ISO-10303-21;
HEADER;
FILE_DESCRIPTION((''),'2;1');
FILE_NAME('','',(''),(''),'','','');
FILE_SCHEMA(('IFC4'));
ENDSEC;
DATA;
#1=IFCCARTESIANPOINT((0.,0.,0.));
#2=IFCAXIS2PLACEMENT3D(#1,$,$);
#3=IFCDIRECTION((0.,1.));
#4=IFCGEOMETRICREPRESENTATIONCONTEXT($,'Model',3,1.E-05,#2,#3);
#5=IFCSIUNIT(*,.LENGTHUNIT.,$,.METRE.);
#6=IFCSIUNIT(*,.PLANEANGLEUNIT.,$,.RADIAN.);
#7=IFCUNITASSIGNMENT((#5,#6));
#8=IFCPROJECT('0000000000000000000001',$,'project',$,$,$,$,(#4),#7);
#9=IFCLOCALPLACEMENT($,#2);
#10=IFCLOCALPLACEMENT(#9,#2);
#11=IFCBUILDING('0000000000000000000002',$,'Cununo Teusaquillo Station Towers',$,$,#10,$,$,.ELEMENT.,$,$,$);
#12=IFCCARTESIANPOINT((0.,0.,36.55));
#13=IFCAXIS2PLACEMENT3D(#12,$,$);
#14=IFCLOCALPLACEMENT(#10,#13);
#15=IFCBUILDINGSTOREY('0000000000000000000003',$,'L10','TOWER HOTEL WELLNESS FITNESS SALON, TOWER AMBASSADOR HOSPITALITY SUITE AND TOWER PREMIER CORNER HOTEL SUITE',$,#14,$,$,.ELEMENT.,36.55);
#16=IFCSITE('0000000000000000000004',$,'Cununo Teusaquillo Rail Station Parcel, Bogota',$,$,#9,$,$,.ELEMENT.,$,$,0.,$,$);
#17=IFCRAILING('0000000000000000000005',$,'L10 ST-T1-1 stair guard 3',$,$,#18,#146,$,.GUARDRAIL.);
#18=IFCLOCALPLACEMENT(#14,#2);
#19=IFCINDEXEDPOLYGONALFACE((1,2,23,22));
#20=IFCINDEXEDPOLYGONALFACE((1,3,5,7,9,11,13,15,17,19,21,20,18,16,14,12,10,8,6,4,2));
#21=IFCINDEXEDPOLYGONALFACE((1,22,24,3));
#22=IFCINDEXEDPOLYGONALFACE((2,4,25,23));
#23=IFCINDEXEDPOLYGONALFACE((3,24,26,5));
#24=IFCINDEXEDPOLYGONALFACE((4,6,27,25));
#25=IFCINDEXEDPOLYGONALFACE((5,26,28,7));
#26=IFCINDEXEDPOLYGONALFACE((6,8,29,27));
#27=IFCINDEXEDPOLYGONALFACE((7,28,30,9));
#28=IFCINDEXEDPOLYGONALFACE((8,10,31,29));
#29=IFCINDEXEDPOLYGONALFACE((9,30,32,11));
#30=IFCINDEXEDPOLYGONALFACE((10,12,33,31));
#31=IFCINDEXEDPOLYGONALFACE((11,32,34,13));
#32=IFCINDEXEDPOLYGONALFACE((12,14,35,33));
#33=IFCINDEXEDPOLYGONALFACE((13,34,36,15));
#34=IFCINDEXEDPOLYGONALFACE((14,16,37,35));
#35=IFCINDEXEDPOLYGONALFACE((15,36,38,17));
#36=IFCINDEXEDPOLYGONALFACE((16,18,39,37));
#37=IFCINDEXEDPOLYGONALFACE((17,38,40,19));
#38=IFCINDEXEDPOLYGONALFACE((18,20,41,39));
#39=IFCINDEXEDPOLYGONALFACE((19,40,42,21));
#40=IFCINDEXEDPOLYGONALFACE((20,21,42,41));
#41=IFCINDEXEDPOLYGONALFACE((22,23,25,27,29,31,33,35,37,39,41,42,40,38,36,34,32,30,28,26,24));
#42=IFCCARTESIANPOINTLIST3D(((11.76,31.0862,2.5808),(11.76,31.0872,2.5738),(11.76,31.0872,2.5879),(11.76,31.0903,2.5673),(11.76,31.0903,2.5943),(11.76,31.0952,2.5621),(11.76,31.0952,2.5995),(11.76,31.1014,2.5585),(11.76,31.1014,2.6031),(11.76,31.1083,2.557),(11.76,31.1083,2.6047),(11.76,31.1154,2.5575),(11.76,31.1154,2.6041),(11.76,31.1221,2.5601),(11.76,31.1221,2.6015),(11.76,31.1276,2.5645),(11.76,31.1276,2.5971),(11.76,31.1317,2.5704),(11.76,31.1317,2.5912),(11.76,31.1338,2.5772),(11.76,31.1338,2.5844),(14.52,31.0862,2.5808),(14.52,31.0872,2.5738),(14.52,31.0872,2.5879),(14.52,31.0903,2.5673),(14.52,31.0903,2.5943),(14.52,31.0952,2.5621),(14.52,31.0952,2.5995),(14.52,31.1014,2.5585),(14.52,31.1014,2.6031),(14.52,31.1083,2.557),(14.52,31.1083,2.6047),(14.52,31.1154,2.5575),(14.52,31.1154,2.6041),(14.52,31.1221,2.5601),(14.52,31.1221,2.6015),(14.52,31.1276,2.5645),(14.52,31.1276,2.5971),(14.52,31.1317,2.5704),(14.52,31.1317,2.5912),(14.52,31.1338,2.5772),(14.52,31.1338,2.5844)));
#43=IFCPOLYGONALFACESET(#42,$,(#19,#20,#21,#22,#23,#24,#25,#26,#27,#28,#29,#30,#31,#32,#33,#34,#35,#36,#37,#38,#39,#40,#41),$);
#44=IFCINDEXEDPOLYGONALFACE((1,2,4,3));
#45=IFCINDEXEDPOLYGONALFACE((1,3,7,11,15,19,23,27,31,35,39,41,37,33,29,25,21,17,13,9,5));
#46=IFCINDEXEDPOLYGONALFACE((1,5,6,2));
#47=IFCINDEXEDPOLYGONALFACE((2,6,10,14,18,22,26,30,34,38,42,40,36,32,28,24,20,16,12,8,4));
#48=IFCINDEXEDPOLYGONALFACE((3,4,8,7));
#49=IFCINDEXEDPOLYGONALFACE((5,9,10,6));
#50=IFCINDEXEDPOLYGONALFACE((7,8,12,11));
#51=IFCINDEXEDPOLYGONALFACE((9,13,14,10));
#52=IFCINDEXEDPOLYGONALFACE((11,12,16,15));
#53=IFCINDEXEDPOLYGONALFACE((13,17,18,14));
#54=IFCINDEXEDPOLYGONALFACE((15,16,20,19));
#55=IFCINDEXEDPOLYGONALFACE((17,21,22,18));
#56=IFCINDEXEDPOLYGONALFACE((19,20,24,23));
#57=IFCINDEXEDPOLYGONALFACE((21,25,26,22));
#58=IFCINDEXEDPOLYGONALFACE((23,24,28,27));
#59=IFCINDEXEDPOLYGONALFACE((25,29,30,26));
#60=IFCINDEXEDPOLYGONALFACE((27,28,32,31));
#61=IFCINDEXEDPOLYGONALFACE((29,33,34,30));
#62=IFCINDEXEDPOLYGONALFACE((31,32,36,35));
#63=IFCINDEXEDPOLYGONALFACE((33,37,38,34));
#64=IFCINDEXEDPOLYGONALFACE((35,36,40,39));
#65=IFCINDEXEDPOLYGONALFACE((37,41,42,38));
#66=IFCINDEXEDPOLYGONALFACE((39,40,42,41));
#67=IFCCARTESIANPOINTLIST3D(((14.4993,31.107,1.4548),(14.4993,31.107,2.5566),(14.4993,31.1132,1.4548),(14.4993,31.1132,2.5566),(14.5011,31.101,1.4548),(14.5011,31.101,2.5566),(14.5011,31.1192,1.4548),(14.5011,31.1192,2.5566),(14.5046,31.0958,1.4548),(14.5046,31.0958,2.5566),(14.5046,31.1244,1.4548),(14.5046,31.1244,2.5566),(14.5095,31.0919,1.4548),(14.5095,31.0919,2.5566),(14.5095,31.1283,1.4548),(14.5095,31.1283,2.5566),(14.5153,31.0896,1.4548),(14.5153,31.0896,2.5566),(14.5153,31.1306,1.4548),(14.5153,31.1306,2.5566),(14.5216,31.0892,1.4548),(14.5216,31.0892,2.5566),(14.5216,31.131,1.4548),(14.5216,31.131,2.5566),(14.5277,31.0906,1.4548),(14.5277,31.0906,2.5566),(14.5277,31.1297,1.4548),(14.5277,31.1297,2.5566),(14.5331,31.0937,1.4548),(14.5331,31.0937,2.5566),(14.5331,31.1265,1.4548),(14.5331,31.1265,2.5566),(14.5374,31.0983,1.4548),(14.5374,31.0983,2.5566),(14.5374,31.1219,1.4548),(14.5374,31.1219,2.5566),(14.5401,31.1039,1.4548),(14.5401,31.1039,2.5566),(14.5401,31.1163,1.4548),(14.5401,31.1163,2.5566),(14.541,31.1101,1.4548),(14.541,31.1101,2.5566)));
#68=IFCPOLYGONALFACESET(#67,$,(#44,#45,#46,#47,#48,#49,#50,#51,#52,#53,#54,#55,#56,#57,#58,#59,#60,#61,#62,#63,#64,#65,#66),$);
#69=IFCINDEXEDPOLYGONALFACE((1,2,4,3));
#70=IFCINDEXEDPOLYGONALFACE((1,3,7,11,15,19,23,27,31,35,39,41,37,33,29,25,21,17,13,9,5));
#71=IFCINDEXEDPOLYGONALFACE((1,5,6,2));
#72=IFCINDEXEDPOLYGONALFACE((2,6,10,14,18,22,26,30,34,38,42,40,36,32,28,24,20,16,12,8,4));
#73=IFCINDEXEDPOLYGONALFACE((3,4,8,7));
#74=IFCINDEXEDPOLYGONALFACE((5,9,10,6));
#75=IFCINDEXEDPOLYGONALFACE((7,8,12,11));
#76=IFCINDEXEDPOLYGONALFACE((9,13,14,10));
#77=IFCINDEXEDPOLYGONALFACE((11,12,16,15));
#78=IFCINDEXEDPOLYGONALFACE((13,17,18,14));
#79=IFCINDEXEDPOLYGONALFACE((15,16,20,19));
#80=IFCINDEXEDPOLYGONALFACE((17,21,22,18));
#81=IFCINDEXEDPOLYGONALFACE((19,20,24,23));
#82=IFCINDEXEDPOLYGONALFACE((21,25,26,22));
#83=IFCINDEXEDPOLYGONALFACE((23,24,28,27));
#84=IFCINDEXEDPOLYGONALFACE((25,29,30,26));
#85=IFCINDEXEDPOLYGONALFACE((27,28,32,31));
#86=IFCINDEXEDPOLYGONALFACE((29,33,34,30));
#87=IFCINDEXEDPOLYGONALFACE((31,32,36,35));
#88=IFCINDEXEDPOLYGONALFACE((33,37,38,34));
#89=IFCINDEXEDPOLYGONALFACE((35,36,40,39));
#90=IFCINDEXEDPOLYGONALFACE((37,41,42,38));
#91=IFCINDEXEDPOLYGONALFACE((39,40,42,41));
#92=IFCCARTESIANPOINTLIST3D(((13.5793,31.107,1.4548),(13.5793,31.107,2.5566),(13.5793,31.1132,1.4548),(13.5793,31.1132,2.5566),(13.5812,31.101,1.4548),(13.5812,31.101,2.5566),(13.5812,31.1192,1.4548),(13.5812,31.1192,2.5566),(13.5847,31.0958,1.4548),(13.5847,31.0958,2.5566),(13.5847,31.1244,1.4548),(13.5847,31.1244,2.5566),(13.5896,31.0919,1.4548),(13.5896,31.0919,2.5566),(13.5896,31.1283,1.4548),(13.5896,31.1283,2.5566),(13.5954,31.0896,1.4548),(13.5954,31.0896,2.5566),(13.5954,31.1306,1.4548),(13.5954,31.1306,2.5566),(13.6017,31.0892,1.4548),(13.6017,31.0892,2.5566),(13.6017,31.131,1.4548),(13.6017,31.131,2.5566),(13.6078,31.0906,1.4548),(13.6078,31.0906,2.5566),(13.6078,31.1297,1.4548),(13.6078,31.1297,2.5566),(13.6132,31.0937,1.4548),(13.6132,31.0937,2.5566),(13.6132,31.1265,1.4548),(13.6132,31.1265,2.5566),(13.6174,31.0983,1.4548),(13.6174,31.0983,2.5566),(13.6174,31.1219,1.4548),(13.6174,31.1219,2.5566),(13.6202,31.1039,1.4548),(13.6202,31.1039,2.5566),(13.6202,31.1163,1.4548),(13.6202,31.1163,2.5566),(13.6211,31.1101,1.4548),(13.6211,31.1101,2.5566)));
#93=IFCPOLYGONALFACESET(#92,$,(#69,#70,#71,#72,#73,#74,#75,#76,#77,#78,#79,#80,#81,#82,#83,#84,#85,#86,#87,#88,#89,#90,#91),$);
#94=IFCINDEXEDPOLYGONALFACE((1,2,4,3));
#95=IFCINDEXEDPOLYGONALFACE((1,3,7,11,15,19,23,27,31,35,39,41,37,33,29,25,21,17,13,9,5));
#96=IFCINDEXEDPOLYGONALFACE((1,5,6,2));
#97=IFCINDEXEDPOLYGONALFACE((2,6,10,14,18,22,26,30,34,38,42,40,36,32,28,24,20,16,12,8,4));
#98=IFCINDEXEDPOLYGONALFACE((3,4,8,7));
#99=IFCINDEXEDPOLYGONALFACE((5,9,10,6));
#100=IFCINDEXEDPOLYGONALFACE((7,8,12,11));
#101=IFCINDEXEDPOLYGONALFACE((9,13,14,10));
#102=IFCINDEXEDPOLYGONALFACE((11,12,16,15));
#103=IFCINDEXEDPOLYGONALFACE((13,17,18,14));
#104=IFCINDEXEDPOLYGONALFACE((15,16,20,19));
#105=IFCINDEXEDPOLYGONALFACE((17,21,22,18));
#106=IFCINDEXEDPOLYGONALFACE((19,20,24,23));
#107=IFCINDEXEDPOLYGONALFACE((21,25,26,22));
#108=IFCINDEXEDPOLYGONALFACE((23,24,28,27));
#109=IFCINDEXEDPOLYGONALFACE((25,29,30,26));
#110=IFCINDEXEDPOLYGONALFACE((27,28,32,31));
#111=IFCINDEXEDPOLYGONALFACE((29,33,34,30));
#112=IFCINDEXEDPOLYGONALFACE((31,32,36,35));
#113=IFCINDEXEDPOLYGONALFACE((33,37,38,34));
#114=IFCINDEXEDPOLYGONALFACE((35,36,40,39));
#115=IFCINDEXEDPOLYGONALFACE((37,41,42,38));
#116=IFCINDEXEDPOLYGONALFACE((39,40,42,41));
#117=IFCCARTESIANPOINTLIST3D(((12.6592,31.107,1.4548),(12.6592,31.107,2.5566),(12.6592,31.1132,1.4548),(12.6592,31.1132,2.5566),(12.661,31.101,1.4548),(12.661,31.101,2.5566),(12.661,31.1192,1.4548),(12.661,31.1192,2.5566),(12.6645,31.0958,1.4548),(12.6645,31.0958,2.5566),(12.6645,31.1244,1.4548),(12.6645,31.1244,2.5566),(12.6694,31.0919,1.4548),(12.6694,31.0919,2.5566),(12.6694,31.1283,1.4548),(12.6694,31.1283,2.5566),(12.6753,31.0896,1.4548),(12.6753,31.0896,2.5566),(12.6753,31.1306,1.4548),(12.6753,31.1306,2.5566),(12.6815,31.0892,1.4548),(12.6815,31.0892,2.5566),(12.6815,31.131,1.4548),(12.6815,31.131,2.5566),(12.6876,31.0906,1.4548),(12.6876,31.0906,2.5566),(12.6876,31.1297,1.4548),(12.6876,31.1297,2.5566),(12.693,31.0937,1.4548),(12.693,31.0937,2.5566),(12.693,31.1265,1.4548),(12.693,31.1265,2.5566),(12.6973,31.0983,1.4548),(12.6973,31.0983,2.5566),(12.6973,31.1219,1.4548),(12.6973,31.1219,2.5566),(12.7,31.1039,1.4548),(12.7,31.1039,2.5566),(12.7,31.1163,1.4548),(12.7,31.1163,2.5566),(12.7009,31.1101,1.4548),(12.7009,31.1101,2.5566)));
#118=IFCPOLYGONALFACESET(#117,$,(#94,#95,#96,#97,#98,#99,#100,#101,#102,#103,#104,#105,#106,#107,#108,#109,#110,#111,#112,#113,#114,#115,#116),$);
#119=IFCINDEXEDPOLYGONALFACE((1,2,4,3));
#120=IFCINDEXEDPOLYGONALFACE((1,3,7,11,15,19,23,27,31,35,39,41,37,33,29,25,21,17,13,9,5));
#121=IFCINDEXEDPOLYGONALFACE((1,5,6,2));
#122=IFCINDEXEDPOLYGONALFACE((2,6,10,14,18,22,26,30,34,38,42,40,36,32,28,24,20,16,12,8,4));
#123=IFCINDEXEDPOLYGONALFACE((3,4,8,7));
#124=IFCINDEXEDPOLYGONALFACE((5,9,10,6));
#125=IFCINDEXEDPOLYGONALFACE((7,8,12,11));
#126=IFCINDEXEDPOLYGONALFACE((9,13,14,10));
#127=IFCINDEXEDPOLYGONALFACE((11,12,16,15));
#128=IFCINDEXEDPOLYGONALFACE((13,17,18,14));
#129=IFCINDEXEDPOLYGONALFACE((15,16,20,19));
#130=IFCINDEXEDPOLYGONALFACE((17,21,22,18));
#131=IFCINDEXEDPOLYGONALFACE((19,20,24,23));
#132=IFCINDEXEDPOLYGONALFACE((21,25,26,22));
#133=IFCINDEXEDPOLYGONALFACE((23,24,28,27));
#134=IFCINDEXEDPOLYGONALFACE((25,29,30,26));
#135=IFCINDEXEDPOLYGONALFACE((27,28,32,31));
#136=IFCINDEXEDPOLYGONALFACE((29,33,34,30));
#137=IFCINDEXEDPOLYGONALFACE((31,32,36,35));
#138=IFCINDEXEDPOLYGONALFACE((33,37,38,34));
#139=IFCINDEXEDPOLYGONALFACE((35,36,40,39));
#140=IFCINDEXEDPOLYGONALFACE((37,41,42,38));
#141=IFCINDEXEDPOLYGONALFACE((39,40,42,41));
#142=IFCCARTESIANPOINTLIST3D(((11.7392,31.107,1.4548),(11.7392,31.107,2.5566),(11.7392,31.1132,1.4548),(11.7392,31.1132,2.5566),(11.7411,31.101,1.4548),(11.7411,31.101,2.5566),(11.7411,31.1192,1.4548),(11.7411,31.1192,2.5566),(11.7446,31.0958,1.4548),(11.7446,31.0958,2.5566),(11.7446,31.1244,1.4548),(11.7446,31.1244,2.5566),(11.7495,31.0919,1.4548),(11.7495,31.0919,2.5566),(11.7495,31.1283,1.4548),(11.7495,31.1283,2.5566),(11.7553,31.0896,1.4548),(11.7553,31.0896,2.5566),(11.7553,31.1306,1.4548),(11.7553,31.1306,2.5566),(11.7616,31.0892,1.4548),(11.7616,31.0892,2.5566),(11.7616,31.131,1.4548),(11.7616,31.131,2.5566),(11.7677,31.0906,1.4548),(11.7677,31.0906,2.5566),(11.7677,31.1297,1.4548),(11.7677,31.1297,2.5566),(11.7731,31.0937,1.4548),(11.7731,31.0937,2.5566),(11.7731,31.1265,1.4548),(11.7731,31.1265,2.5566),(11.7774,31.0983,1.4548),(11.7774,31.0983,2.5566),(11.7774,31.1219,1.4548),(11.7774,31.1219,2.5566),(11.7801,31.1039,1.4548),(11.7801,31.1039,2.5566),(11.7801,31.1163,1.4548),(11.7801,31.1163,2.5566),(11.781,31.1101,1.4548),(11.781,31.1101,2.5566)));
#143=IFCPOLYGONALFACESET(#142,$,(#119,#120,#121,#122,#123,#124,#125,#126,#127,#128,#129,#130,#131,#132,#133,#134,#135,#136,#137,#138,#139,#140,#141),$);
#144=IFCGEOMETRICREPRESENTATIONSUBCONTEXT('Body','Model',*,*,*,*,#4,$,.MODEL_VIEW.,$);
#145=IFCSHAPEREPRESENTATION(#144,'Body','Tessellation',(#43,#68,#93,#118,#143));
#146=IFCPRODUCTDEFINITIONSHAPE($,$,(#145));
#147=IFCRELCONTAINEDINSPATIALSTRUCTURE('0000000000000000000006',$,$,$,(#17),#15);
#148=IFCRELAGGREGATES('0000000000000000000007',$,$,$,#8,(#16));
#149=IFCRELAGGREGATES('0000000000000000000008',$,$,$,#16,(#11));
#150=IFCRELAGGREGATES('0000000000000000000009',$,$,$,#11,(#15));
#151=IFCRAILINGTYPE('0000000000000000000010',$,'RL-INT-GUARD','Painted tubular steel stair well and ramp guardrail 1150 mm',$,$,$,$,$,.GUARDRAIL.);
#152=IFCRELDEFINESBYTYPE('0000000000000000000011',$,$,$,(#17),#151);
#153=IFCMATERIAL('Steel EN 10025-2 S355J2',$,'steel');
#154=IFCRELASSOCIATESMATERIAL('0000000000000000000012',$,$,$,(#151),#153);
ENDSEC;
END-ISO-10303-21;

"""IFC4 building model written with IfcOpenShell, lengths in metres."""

from ifc_helpers import new_model, si_unit, direction, frame, origin, origin_2d, place, context, subcontext, project, spatial, circle, extrude, material, type_object, element, save


model = new_model("IFC4")

# Units and contexts
model_context = context("Model", 3, precision=1e-05, world=origin(), true_north=direction((0.0, 1.0)))
body_context = subcontext(model_context, "Body", "Model", "MODEL_VIEW")
ifc_project = project(units=[si_unit("LENGTHUNIT", "METRE"), si_unit("PLANEANGLEUNIT", "RADIAN")], contexts=[model_context])

# Site, building, storey
site_placement = place(None, origin())
site = spatial("IfcSite", under=ifc_project, at=site_placement, Name="Cununo Teusaquillo Rail Station Parcel, Bogota", CompositionType="ELEMENT", RefElevation=0.0)
building_placement = place(site_placement, origin())
building = spatial("IfcBuilding", under=site, at=building_placement, Name="Cununo Teusaquillo Station Towers", CompositionType="ELEMENT")
storey_placement = place(building_placement, frame((0.0, 0.0, 36.55)))
storey = spatial("IfcBuildingStorey", under=building, at=storey_placement, Name="L10", Description="TOWER HOTEL WELLNESS FITNESS SALON, TOWER AMBASSADOR HOSPITALITY SUITE AND TOWER PREMIER CORNER HOTEL SUITE", CompositionType="ELEMENT", Elevation=36.55)

# Railing
ifc_material_1 = material(Name="Steel EN 10025-2 S355J2", Category="steel")
railing_type_1 = type_object("IfcRailingType", Name="RL-INT-GUARD", Description="Painted tubular steel stair well and ramp guardrail 1150 mm", PredefinedType="GUARDRAIL", material=ifc_material_1)
railing_1_placement = place(storey_placement, frame((14.52, 31.1101, 1.4548)))
element("IfcRailing", 1, at=railing_1_placement, inside=storey, type_object=railing_type_1, Name="L10 ST-T1-1 stair guard 3", PredefinedType="GUARDRAIL", context=body_context, shape_type="SweptSolid", body=[
    extrude(circle(Radius=0.0239, at=origin_2d()), frame((0.0, 0.0, 1.126), z_axis=(-1.0, 0.0, 0.0), x_axis=(0.0, -1.0, 0.0)), (0.0, 0.0, 1.0), 2.76),
    extrude(circle(Radius=0.021, at=origin_2d()), origin(), (0.0, 0.0, 1.0), 1.1018),
    extrude(circle(Radius=0.021, at=origin_2d()), frame((-0.9199, 0.0, 0.0)), (0.0, 0.0, 1.0), 1.1018),
    extrude(circle(Radius=0.021, at=origin_2d()), frame((-1.8401, 0.0, 0.0)), (0.0, 0.0, 1.0), 1.1018),
    extrude(circle(Radius=0.021, at=origin_2d()), frame((-2.76, 0.0, 0.0)), (0.0, 0.0, 1.0), 1.1018),
])

save(model, "model.ifc")
